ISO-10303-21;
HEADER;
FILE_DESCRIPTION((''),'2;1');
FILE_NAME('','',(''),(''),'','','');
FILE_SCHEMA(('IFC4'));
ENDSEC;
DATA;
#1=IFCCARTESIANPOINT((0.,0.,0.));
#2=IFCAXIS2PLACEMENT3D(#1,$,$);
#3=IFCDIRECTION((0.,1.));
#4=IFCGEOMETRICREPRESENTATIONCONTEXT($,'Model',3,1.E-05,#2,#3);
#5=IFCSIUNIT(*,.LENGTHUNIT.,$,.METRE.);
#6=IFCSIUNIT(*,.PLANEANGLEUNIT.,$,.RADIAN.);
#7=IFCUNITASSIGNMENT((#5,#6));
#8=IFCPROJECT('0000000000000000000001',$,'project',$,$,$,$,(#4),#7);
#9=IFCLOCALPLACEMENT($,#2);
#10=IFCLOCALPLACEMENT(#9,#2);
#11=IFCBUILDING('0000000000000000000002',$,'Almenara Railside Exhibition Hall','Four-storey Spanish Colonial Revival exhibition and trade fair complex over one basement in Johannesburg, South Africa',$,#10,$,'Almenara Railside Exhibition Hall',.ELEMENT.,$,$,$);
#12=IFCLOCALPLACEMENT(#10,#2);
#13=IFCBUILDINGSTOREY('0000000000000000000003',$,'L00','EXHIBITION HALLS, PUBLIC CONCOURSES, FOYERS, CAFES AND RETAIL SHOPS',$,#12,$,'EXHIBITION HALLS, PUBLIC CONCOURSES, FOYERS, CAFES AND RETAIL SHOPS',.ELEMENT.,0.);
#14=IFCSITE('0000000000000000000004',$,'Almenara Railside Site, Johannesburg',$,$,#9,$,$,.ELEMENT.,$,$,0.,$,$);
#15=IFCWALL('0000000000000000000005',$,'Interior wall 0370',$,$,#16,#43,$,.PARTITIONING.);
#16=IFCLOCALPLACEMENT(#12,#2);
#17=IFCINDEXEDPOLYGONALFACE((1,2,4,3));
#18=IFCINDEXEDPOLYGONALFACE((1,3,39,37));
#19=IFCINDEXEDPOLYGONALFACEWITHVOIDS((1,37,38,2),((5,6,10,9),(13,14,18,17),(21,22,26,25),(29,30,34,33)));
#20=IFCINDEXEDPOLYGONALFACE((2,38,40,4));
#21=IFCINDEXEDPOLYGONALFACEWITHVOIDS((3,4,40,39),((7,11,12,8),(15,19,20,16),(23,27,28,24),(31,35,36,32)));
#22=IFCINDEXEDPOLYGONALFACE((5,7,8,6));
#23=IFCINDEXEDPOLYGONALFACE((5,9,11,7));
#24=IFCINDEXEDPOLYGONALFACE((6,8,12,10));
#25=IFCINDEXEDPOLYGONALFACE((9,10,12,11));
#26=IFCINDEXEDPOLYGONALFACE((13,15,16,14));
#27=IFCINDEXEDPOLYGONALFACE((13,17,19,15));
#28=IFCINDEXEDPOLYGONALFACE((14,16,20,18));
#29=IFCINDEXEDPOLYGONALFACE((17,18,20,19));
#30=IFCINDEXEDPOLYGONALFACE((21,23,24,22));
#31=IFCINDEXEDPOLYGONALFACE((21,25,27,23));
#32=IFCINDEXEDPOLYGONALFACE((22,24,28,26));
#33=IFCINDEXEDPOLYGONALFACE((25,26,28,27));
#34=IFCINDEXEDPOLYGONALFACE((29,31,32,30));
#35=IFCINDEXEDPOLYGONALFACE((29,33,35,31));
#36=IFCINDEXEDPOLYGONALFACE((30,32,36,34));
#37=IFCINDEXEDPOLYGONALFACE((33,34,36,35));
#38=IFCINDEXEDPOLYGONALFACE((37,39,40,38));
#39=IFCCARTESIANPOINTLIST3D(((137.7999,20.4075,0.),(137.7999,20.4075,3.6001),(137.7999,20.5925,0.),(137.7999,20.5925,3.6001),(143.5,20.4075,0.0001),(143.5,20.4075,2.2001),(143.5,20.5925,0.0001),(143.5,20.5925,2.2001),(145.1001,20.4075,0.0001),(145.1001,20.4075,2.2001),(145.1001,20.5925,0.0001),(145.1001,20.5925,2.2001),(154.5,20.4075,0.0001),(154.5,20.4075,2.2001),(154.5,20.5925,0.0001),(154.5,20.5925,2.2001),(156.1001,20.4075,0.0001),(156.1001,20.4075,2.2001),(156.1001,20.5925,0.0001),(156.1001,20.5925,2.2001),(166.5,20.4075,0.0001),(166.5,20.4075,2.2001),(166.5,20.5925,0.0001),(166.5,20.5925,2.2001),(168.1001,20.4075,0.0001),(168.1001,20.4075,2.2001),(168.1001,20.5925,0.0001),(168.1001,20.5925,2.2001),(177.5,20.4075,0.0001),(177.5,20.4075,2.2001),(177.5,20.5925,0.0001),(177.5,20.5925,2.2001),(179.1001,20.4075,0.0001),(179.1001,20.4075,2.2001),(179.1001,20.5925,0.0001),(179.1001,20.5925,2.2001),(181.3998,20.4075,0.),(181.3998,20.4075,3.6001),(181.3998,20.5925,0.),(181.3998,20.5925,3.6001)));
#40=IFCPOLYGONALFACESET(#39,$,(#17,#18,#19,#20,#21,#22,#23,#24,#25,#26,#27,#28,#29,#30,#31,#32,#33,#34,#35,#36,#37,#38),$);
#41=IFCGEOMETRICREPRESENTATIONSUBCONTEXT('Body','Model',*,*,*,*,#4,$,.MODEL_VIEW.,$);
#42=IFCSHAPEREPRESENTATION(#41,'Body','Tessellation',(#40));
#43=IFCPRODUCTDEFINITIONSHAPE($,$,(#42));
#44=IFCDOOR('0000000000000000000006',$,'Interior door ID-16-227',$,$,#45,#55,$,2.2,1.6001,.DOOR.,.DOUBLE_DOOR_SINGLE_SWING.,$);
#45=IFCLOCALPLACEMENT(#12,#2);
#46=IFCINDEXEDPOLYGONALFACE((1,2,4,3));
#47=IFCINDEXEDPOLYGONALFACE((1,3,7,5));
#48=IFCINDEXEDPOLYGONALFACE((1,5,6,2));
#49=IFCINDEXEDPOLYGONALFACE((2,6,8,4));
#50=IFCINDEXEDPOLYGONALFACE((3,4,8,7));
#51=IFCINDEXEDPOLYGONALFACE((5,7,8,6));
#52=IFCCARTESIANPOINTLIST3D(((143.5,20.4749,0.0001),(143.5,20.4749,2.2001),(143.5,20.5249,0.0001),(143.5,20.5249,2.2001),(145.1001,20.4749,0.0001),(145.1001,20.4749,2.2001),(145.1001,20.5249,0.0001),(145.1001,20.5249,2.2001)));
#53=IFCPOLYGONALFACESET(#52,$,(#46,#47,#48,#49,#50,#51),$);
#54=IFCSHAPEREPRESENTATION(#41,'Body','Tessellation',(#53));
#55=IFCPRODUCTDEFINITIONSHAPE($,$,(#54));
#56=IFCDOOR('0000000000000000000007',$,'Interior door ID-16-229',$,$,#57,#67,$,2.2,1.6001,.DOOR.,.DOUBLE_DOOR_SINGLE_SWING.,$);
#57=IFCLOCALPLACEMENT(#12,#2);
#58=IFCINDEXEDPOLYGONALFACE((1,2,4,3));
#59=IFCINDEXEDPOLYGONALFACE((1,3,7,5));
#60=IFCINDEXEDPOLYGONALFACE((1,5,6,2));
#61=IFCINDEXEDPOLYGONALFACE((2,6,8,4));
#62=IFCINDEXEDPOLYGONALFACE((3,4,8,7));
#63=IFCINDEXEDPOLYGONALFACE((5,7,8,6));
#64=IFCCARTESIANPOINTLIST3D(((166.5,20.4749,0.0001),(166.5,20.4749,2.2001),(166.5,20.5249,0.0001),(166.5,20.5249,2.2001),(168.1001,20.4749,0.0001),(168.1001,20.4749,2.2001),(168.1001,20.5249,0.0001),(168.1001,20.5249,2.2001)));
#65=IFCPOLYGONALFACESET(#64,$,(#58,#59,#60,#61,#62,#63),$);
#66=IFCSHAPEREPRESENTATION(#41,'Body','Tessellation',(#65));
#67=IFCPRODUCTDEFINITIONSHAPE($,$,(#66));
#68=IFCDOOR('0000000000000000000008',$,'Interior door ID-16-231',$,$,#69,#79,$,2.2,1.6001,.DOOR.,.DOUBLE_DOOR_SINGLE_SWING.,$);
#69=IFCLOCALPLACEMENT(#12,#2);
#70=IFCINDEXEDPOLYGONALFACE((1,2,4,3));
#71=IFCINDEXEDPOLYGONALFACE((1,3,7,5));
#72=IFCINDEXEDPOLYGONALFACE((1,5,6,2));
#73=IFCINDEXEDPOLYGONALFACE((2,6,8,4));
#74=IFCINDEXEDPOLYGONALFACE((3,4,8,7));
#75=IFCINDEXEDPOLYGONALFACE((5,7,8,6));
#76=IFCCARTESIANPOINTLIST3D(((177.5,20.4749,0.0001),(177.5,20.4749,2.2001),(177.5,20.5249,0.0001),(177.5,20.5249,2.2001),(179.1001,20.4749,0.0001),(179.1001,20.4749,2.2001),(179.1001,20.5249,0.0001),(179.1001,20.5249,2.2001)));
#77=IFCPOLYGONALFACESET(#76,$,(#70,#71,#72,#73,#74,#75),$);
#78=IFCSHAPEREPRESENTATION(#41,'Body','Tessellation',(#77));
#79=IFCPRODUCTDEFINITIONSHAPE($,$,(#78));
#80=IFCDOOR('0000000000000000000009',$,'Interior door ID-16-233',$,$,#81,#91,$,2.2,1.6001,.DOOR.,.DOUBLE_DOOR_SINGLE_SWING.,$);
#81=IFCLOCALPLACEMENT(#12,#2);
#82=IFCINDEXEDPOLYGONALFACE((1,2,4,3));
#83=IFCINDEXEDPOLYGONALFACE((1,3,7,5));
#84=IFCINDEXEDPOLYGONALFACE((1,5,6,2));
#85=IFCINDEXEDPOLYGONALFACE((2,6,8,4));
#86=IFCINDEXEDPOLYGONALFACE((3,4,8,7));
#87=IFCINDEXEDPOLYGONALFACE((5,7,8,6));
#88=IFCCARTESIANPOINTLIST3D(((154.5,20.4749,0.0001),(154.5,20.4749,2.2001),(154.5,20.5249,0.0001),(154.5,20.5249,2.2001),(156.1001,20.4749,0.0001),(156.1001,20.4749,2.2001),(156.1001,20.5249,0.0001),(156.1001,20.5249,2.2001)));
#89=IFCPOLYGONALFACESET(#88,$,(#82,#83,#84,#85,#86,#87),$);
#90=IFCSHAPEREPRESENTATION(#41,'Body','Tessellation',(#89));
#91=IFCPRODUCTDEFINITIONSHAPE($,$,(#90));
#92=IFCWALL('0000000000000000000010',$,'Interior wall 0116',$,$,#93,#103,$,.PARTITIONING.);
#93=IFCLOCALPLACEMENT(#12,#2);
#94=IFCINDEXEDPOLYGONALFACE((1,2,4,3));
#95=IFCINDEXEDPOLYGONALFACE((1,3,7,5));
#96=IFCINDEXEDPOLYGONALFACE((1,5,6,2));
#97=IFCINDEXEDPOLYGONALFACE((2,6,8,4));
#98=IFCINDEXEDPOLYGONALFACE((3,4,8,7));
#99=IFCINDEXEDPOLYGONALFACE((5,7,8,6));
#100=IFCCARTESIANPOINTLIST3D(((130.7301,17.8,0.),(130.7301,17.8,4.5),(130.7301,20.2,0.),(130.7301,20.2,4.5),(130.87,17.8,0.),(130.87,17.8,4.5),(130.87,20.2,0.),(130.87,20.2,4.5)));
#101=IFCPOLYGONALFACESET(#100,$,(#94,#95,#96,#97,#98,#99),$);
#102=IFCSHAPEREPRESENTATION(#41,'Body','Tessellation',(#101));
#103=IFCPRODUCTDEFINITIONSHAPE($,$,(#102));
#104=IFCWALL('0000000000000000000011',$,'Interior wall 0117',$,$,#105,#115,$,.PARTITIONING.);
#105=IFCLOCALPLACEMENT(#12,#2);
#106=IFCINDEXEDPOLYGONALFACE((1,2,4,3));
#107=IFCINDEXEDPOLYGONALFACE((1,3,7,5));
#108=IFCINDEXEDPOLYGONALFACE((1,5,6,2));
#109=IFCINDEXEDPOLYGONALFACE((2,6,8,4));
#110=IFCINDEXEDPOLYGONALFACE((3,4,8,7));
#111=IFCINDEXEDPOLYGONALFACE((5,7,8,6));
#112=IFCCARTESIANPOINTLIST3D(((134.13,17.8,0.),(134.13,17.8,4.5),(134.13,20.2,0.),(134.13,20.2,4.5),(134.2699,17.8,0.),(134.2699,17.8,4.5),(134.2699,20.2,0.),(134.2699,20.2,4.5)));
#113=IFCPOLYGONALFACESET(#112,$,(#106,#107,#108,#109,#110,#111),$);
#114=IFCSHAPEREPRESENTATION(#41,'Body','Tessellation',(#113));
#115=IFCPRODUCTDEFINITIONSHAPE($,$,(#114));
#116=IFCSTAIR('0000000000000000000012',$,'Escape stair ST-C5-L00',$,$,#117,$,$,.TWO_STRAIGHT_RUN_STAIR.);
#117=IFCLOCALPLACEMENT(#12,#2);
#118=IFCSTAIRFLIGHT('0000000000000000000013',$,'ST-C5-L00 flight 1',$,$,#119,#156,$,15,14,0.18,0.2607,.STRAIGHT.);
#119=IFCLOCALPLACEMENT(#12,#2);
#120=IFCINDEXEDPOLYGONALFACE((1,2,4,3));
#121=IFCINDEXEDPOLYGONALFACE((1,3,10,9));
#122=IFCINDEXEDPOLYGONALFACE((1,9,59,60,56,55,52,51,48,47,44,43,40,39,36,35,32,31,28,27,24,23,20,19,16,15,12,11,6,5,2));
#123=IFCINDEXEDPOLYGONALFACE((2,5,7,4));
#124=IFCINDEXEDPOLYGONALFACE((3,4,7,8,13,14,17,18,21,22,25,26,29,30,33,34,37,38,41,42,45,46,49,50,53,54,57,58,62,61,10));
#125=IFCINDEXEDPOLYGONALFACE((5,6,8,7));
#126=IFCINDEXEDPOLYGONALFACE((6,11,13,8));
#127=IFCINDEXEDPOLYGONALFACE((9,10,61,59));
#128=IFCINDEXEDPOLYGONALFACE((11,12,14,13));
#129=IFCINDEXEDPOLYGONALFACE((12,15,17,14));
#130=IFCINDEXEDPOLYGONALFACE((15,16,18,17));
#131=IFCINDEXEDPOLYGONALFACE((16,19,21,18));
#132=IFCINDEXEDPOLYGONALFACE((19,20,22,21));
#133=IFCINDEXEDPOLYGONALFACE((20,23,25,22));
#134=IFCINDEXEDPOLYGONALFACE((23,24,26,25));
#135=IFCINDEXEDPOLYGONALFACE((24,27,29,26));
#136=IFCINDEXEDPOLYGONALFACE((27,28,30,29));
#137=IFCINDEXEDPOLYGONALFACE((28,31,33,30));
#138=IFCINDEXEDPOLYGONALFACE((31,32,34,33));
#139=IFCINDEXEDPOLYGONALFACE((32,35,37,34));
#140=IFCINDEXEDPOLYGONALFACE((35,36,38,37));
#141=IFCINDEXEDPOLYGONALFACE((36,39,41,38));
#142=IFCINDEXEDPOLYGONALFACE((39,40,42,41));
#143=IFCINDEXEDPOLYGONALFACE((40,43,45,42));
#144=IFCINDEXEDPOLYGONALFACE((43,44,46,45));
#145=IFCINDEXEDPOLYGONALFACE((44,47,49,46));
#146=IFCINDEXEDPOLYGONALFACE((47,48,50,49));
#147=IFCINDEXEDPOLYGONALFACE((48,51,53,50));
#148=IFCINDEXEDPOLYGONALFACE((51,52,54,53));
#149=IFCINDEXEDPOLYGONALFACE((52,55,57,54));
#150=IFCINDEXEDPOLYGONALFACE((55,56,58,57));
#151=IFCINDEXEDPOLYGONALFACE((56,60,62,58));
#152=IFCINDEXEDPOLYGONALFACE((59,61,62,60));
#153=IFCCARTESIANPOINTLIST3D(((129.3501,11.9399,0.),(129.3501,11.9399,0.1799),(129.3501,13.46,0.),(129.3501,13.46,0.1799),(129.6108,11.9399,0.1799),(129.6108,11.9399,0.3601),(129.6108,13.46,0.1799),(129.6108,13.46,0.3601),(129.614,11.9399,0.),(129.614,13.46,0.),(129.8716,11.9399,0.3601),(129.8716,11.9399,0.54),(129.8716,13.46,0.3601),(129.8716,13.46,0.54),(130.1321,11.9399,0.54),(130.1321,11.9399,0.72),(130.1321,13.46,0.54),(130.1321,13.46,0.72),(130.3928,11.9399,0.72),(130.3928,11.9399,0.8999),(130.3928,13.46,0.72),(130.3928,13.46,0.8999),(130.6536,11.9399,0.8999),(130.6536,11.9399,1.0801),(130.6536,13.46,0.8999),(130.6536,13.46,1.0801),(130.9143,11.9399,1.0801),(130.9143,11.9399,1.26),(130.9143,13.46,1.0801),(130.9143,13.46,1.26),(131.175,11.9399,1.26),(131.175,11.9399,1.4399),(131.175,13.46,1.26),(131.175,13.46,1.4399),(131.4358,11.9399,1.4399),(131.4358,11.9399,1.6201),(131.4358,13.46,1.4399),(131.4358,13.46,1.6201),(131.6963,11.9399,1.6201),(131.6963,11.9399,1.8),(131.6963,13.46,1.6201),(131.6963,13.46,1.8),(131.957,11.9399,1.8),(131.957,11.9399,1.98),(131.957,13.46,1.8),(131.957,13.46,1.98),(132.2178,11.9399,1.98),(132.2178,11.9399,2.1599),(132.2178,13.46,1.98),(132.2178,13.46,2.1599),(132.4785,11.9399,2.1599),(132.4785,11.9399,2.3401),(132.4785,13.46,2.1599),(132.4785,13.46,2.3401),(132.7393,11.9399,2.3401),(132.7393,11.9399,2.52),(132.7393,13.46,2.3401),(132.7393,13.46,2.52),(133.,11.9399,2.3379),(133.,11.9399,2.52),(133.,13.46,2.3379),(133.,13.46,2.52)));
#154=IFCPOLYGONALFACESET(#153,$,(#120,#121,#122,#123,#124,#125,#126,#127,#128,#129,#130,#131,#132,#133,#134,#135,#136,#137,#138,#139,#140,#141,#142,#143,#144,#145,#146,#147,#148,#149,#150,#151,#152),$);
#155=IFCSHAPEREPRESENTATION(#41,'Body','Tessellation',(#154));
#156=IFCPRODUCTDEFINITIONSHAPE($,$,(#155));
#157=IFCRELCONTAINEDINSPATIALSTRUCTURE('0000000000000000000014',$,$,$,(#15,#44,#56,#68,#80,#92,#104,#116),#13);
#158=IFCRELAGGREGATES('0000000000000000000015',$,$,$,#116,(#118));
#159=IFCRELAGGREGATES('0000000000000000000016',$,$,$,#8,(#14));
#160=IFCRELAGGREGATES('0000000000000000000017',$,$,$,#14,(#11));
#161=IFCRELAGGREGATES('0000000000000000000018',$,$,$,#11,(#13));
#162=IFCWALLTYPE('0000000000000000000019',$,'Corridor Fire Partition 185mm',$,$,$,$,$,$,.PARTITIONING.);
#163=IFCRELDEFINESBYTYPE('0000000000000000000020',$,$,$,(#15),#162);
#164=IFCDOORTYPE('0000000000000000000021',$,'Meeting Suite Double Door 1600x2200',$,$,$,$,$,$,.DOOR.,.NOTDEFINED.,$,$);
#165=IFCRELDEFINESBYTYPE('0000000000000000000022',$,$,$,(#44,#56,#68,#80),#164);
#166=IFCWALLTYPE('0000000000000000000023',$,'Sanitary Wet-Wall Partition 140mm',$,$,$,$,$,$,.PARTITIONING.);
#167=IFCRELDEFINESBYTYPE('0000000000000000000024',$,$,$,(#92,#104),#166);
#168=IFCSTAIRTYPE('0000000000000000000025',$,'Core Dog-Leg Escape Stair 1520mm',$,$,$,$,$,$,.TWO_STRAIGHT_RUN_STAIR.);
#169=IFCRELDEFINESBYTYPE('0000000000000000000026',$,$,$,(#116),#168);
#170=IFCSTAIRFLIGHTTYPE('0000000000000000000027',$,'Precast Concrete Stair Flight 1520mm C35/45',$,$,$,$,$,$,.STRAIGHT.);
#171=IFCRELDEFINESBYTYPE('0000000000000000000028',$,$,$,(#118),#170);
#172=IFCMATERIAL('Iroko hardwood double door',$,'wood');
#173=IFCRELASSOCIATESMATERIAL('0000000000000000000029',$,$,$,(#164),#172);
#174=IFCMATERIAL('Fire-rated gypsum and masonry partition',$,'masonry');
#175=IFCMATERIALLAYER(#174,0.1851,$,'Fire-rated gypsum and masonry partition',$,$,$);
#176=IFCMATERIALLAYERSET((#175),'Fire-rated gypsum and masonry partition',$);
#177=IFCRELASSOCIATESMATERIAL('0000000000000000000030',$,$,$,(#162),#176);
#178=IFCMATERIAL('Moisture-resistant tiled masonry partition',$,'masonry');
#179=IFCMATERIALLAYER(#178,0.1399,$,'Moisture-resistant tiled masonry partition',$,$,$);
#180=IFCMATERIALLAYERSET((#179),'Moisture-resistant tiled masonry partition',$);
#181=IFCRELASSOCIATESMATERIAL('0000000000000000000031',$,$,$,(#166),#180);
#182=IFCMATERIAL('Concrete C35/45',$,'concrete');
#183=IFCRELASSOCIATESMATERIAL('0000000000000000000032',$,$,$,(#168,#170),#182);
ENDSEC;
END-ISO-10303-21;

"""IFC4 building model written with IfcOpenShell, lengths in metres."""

from ifc_helpers import new_model, si_unit, direction, frame, frame_2d, origin, place, context, subcontext, project, spatial, polyline, rectangle, outline, extrude, material, layer, layer_set, type_object, element, fill, aggregate, save


model = new_model("IFC4")

# Units and contexts
model_context = context("Model", 3, precision=1e-05, world=origin(), true_north=direction((0.0, 1.0)))
body_context = subcontext(model_context, "Body", "Model", "MODEL_VIEW")
ifc_project = project(units=[si_unit("LENGTHUNIT", "METRE"), si_unit("PLANEANGLEUNIT", "RADIAN")], contexts=[model_context])

# Site, building, storey
site_placement = place(None, origin())
site = spatial("IfcSite", under=ifc_project, at=site_placement, Name="Almenara Railside Site, Johannesburg", CompositionType="ELEMENT", RefElevation=0.0)
building_placement = place(site_placement, origin())
building = spatial("IfcBuilding", under=site, at=building_placement, Name="Almenara Railside Exhibition Hall", Description="Four-storey Spanish Colonial Revival exhibition and trade fair complex over one basement in Johannesburg, South Africa", LongName="Almenara Railside Exhibition Hall", CompositionType="ELEMENT")
storey_placement = place(building_placement, origin())
storey = spatial("IfcBuildingStorey", under=building, at=storey_placement, Name="L00", Description="EXHIBITION HALLS, PUBLIC CONCOURSES, FOYERS, CAFES AND RETAIL SHOPS", LongName="EXHIBITION HALLS, PUBLIC CONCOURSES, FOYERS, CAFES AND RETAIL SHOPS", CompositionType="ELEMENT", Elevation=0.0)

# Shared definitions
ifc_material_1 = material(Name="Concrete C35/45", Category="concrete")

# Shared definitions
ifc_material_2 = material(Name="Iroko hardwood double door", Category="wood")
door_type_1 = type_object("IfcDoorType", Name="Meeting Suite Double Door 1600x2200", OperationType="NOTDEFINED", PredefinedType="DOOR", material=ifc_material_2)

# Wall, openings, doors
ifc_material_3 = material(Name="Fire-rated gypsum and masonry partition", Category="masonry")
ifc_layer_1 = layer(ifc_material_3, 0.1851, Name="Fire-rated gypsum and masonry partition")
ifc_layer_set_1 = layer_set([ifc_layer_1], Name="Fire-rated gypsum and masonry partition")
wall_type_1 = type_object("IfcWallType", Name="Corridor Fire Partition 185mm", PredefinedType="PARTITIONING", material=ifc_layer_set_1)
wall_1_placement = place(storey_placement, frame((137.8, 20.5, 0.0), z_axis=(0.0, 0.0, 1.0), x_axis=(1.0, 0.0, 0.0)))
wall_1 = element("IfcWall", 1, at=wall_1_placement, inside=storey, type_object=wall_type_1, Name="Interior wall 0370", PredefinedType="PARTITIONING", context=body_context, shape_type="SweptSolid", body=[
    extrude(rectangle(XDim=43.5999, YDim=0.1851, at=frame_2d((21.7998, 0.0))), origin(), (0.0, 0.0, 1.0), 3.6001),
])
opening_1_placement = place(wall_1_placement, frame((5.7, 0.0, 0.0)))
opening_1 = element("IfcOpeningElement", 2, at=opening_1_placement, cuts=wall_1, PredefinedType="OPENING", context=body_context, shape_type="SweptSolid", body=[
    extrude(rectangle(XDim=1.6001, YDim=2.2, at=frame_2d((0.8, 1.1001))), frame((0.0, 0.1025, 0.0), z_axis=(0.0, -1.0, 0.0), x_axis=(1.0, 0.0, 0.0)), (0.0, 0.0, 1.0), 0.2051),
])
opening_2_placement = place(wall_1_placement, frame((28.7, 0.0, 0.0)))
opening_2 = element("IfcOpeningElement", 3, at=opening_2_placement, cuts=wall_1, PredefinedType="OPENING", context=body_context, shape_type="SweptSolid", body=[
    extrude(rectangle(XDim=1.6001, YDim=2.2, at=frame_2d((0.8, 1.1001))), frame((0.0, 0.1025, 0.0), z_axis=(0.0, -1.0, 0.0), x_axis=(1.0, 0.0, 0.0)), (0.0, 0.0, 1.0), 0.2051),
])
opening_3_placement = place(wall_1_placement, frame((39.7, 0.0, 0.0)))
opening_3 = element("IfcOpeningElement", 4, at=opening_3_placement, cuts=wall_1, PredefinedType="OPENING", context=body_context, shape_type="SweptSolid", body=[
    extrude(rectangle(XDim=1.6001, YDim=2.2, at=frame_2d((0.8, 1.1001))), frame((0.0, 0.1025, 0.0), z_axis=(0.0, -1.0, 0.0), x_axis=(1.0, 0.0, 0.0)), (0.0, 0.0, 1.0), 0.2051),
])
opening_4_placement = place(wall_1_placement, frame((16.7, 0.0, 0.0)))
opening_4 = element("IfcOpeningElement", 5, at=opening_4_placement, cuts=wall_1, PredefinedType="OPENING", context=body_context, shape_type="SweptSolid", body=[
    extrude(rectangle(XDim=1.6001, YDim=2.2, at=frame_2d((0.8, 1.1001))), frame((0.0, 0.1025, 0.0), z_axis=(0.0, -1.0, 0.0), x_axis=(1.0, 0.0, 0.0)), (0.0, 0.0, 1.0), 0.2051),
])
door_1_placement = place(opening_1_placement, origin())
door_1 = element("IfcDoor", 6, at=door_1_placement, inside=storey, type_object=door_type_1, Name="Interior door ID-16-227", OperationType="DOUBLE_DOOR_SINGLE_SWING", OverallHeight=2.2, OverallWidth=1.6001, PredefinedType="DOOR", context=body_context, shape_type="SweptSolid", body=[
    extrude(rectangle(XDim=1.6001, YDim=2.2, at=frame_2d((0.8, 1.1001))), frame((0.0, 0.0249, 0.0), z_axis=(0.0, -1.0, 0.0), x_axis=(1.0, 0.0, 0.0)), (0.0, 0.0, 1.0), 0.05),
])
fill(opening_1, door_1)
door_2_placement = place(opening_2_placement, origin())
door_2 = element("IfcDoor", 7, at=door_2_placement, inside=storey, type_object=door_type_1, Name="Interior door ID-16-229", OperationType="DOUBLE_DOOR_SINGLE_SWING", OverallHeight=2.2, OverallWidth=1.6001, PredefinedType="DOOR", context=body_context, shape_type="SweptSolid", body=[
    extrude(rectangle(XDim=1.6001, YDim=2.2, at=frame_2d((0.8, 1.1001))), frame((0.0, 0.0249, 0.0), z_axis=(0.0, -1.0, 0.0), x_axis=(1.0, 0.0, 0.0)), (0.0, 0.0, 1.0), 0.05),
])
fill(opening_2, door_2)
door_3_placement = place(opening_3_placement, origin())
door_3 = element("IfcDoor", 8, at=door_3_placement, inside=storey, type_object=door_type_1, Name="Interior door ID-16-231", OperationType="DOUBLE_DOOR_SINGLE_SWING", OverallHeight=2.2, OverallWidth=1.6001, PredefinedType="DOOR", context=body_context, shape_type="SweptSolid", body=[
    extrude(rectangle(XDim=1.6001, YDim=2.2, at=frame_2d((0.8, 1.1001))), frame((0.0, 0.0249, 0.0), z_axis=(0.0, -1.0, 0.0), x_axis=(1.0, 0.0, 0.0)), (0.0, 0.0, 1.0), 0.05),
])
fill(opening_3, door_3)
door_4_placement = place(opening_4_placement, origin())
door_4 = element("IfcDoor", 9, at=door_4_placement, inside=storey, type_object=door_type_1, Name="Interior door ID-16-233", OperationType="DOUBLE_DOOR_SINGLE_SWING", OverallHeight=2.2, OverallWidth=1.6001, PredefinedType="DOOR", context=body_context, shape_type="SweptSolid", body=[
    extrude(rectangle(XDim=1.6001, YDim=2.2, at=frame_2d((0.8, 1.1001))), frame((0.0, 0.0249, 0.0), z_axis=(0.0, -1.0, 0.0), x_axis=(1.0, 0.0, 0.0)), (0.0, 0.0, 1.0), 0.05),
])
fill(opening_4, door_4)

# Walls
ifc_material_4 = material(Name="Moisture-resistant tiled masonry partition", Category="masonry")
ifc_layer_2 = layer(ifc_material_4, 0.1399, Name="Moisture-resistant tiled masonry partition")
ifc_layer_set_2 = layer_set([ifc_layer_2], Name="Moisture-resistant tiled masonry partition")
wall_type_2 = type_object("IfcWallType", Name="Sanitary Wet-Wall Partition 140mm", PredefinedType="PARTITIONING", material=ifc_layer_set_2)
for number, where, z_axis, x_axis, name in (
    (10, (130.8, 17.8, 0.0), (0.0, 0.0, 1.0), (0.0, 1.0, 0.0), "Interior wall 0116"),
    (11, (134.2, 17.8, 0.0), (0.0, 0.0, 1.0), (0.0, 1.0, 0.0), "Interior wall 0117"),
):
    element("IfcWall", number, at=place(storey_placement, frame(where, z_axis=z_axis, x_axis=x_axis)), inside=storey, type_object=wall_type_2, Name=name, PredefinedType="PARTITIONING", context=body_context, shape_type="SweptSolid", body=[
        extrude(rectangle(XDim=2.3999, YDim=0.1399, at=frame_2d((1.2, 0.0))), origin(), (0.0, 0.0, 1.0), 4.5),
    ])

# Stair, stair flight
stair_type = type_object("IfcStairType", Name="Core Dog-Leg Escape Stair 1520mm", PredefinedType="TWO_STRAIGHT_RUN_STAIR", material=ifc_material_1)
stair_placement = place(storey_placement, origin())
stair = element("IfcStair", 12, at=stair_placement, inside=storey, type_object=stair_type, Name="Escape stair ST-C5-L00", PredefinedType="TWO_STRAIGHT_RUN_STAIR")
stair_flight_type = type_object("IfcStairFlightType", Name="Precast Concrete Stair Flight 1520mm C35/45", PredefinedType="STRAIGHT", material=ifc_material_1)
stair_flight_1_placement = place(storey_placement, frame((129.3501, 12.7, 0.0), z_axis=(0.0, 0.0, 1.0), x_axis=(1.0, 0.0, 0.0)))
stair_flight_1 = element("IfcStairFlight", 13, at=stair_flight_1_placement, type_object=stair_flight_type, Name="ST-C5-L00 flight 1", NumberOfRisers=15, NumberOfTreads=14, PredefinedType="STRAIGHT", RiserHeight=0.18, TreadLength=0.2607, context=body_context, shape_type="SweptSolid", body=[
    extrude(outline(polyline([(0.0, 0.0), (0.0, 0.1799), (0.2607, 0.1799), (0.2607, 0.3601), (0.5215, 0.3601), (0.5215, 0.54), (0.782, 0.54), (0.782, 0.72), (1.0427, 0.72), (1.0427, 0.8999), (1.3035, 0.8999), (1.3035, 1.0801), (1.5642, 1.0801), (1.5642, 1.26), (1.825, 1.26), (1.825, 1.4399), (2.0857, 1.4399), (2.0857, 1.6201), (2.3462, 1.6201), (2.3462, 1.8), (2.6069, 1.8), (2.6069, 1.98), (2.8677, 1.98), (2.8677, 2.1599), (3.1284, 2.1599), (3.1284, 2.3401), (3.3892, 2.3401), (3.3892, 2.52), (3.6499, 2.52), (3.6499, 2.7), (3.6499, 2.3379), (0.2639, 0.0), (0.0, 0.0)])), frame((0.0, 0.76, 0.0), z_axis=(0.0, -1.0, 0.0), x_axis=(1.0, 0.0, 0.0)), (0.0, 0.0, 1.0), 1.52),
])
aggregate(stair, [stair_flight_1])

save(model, "model.ifc")
